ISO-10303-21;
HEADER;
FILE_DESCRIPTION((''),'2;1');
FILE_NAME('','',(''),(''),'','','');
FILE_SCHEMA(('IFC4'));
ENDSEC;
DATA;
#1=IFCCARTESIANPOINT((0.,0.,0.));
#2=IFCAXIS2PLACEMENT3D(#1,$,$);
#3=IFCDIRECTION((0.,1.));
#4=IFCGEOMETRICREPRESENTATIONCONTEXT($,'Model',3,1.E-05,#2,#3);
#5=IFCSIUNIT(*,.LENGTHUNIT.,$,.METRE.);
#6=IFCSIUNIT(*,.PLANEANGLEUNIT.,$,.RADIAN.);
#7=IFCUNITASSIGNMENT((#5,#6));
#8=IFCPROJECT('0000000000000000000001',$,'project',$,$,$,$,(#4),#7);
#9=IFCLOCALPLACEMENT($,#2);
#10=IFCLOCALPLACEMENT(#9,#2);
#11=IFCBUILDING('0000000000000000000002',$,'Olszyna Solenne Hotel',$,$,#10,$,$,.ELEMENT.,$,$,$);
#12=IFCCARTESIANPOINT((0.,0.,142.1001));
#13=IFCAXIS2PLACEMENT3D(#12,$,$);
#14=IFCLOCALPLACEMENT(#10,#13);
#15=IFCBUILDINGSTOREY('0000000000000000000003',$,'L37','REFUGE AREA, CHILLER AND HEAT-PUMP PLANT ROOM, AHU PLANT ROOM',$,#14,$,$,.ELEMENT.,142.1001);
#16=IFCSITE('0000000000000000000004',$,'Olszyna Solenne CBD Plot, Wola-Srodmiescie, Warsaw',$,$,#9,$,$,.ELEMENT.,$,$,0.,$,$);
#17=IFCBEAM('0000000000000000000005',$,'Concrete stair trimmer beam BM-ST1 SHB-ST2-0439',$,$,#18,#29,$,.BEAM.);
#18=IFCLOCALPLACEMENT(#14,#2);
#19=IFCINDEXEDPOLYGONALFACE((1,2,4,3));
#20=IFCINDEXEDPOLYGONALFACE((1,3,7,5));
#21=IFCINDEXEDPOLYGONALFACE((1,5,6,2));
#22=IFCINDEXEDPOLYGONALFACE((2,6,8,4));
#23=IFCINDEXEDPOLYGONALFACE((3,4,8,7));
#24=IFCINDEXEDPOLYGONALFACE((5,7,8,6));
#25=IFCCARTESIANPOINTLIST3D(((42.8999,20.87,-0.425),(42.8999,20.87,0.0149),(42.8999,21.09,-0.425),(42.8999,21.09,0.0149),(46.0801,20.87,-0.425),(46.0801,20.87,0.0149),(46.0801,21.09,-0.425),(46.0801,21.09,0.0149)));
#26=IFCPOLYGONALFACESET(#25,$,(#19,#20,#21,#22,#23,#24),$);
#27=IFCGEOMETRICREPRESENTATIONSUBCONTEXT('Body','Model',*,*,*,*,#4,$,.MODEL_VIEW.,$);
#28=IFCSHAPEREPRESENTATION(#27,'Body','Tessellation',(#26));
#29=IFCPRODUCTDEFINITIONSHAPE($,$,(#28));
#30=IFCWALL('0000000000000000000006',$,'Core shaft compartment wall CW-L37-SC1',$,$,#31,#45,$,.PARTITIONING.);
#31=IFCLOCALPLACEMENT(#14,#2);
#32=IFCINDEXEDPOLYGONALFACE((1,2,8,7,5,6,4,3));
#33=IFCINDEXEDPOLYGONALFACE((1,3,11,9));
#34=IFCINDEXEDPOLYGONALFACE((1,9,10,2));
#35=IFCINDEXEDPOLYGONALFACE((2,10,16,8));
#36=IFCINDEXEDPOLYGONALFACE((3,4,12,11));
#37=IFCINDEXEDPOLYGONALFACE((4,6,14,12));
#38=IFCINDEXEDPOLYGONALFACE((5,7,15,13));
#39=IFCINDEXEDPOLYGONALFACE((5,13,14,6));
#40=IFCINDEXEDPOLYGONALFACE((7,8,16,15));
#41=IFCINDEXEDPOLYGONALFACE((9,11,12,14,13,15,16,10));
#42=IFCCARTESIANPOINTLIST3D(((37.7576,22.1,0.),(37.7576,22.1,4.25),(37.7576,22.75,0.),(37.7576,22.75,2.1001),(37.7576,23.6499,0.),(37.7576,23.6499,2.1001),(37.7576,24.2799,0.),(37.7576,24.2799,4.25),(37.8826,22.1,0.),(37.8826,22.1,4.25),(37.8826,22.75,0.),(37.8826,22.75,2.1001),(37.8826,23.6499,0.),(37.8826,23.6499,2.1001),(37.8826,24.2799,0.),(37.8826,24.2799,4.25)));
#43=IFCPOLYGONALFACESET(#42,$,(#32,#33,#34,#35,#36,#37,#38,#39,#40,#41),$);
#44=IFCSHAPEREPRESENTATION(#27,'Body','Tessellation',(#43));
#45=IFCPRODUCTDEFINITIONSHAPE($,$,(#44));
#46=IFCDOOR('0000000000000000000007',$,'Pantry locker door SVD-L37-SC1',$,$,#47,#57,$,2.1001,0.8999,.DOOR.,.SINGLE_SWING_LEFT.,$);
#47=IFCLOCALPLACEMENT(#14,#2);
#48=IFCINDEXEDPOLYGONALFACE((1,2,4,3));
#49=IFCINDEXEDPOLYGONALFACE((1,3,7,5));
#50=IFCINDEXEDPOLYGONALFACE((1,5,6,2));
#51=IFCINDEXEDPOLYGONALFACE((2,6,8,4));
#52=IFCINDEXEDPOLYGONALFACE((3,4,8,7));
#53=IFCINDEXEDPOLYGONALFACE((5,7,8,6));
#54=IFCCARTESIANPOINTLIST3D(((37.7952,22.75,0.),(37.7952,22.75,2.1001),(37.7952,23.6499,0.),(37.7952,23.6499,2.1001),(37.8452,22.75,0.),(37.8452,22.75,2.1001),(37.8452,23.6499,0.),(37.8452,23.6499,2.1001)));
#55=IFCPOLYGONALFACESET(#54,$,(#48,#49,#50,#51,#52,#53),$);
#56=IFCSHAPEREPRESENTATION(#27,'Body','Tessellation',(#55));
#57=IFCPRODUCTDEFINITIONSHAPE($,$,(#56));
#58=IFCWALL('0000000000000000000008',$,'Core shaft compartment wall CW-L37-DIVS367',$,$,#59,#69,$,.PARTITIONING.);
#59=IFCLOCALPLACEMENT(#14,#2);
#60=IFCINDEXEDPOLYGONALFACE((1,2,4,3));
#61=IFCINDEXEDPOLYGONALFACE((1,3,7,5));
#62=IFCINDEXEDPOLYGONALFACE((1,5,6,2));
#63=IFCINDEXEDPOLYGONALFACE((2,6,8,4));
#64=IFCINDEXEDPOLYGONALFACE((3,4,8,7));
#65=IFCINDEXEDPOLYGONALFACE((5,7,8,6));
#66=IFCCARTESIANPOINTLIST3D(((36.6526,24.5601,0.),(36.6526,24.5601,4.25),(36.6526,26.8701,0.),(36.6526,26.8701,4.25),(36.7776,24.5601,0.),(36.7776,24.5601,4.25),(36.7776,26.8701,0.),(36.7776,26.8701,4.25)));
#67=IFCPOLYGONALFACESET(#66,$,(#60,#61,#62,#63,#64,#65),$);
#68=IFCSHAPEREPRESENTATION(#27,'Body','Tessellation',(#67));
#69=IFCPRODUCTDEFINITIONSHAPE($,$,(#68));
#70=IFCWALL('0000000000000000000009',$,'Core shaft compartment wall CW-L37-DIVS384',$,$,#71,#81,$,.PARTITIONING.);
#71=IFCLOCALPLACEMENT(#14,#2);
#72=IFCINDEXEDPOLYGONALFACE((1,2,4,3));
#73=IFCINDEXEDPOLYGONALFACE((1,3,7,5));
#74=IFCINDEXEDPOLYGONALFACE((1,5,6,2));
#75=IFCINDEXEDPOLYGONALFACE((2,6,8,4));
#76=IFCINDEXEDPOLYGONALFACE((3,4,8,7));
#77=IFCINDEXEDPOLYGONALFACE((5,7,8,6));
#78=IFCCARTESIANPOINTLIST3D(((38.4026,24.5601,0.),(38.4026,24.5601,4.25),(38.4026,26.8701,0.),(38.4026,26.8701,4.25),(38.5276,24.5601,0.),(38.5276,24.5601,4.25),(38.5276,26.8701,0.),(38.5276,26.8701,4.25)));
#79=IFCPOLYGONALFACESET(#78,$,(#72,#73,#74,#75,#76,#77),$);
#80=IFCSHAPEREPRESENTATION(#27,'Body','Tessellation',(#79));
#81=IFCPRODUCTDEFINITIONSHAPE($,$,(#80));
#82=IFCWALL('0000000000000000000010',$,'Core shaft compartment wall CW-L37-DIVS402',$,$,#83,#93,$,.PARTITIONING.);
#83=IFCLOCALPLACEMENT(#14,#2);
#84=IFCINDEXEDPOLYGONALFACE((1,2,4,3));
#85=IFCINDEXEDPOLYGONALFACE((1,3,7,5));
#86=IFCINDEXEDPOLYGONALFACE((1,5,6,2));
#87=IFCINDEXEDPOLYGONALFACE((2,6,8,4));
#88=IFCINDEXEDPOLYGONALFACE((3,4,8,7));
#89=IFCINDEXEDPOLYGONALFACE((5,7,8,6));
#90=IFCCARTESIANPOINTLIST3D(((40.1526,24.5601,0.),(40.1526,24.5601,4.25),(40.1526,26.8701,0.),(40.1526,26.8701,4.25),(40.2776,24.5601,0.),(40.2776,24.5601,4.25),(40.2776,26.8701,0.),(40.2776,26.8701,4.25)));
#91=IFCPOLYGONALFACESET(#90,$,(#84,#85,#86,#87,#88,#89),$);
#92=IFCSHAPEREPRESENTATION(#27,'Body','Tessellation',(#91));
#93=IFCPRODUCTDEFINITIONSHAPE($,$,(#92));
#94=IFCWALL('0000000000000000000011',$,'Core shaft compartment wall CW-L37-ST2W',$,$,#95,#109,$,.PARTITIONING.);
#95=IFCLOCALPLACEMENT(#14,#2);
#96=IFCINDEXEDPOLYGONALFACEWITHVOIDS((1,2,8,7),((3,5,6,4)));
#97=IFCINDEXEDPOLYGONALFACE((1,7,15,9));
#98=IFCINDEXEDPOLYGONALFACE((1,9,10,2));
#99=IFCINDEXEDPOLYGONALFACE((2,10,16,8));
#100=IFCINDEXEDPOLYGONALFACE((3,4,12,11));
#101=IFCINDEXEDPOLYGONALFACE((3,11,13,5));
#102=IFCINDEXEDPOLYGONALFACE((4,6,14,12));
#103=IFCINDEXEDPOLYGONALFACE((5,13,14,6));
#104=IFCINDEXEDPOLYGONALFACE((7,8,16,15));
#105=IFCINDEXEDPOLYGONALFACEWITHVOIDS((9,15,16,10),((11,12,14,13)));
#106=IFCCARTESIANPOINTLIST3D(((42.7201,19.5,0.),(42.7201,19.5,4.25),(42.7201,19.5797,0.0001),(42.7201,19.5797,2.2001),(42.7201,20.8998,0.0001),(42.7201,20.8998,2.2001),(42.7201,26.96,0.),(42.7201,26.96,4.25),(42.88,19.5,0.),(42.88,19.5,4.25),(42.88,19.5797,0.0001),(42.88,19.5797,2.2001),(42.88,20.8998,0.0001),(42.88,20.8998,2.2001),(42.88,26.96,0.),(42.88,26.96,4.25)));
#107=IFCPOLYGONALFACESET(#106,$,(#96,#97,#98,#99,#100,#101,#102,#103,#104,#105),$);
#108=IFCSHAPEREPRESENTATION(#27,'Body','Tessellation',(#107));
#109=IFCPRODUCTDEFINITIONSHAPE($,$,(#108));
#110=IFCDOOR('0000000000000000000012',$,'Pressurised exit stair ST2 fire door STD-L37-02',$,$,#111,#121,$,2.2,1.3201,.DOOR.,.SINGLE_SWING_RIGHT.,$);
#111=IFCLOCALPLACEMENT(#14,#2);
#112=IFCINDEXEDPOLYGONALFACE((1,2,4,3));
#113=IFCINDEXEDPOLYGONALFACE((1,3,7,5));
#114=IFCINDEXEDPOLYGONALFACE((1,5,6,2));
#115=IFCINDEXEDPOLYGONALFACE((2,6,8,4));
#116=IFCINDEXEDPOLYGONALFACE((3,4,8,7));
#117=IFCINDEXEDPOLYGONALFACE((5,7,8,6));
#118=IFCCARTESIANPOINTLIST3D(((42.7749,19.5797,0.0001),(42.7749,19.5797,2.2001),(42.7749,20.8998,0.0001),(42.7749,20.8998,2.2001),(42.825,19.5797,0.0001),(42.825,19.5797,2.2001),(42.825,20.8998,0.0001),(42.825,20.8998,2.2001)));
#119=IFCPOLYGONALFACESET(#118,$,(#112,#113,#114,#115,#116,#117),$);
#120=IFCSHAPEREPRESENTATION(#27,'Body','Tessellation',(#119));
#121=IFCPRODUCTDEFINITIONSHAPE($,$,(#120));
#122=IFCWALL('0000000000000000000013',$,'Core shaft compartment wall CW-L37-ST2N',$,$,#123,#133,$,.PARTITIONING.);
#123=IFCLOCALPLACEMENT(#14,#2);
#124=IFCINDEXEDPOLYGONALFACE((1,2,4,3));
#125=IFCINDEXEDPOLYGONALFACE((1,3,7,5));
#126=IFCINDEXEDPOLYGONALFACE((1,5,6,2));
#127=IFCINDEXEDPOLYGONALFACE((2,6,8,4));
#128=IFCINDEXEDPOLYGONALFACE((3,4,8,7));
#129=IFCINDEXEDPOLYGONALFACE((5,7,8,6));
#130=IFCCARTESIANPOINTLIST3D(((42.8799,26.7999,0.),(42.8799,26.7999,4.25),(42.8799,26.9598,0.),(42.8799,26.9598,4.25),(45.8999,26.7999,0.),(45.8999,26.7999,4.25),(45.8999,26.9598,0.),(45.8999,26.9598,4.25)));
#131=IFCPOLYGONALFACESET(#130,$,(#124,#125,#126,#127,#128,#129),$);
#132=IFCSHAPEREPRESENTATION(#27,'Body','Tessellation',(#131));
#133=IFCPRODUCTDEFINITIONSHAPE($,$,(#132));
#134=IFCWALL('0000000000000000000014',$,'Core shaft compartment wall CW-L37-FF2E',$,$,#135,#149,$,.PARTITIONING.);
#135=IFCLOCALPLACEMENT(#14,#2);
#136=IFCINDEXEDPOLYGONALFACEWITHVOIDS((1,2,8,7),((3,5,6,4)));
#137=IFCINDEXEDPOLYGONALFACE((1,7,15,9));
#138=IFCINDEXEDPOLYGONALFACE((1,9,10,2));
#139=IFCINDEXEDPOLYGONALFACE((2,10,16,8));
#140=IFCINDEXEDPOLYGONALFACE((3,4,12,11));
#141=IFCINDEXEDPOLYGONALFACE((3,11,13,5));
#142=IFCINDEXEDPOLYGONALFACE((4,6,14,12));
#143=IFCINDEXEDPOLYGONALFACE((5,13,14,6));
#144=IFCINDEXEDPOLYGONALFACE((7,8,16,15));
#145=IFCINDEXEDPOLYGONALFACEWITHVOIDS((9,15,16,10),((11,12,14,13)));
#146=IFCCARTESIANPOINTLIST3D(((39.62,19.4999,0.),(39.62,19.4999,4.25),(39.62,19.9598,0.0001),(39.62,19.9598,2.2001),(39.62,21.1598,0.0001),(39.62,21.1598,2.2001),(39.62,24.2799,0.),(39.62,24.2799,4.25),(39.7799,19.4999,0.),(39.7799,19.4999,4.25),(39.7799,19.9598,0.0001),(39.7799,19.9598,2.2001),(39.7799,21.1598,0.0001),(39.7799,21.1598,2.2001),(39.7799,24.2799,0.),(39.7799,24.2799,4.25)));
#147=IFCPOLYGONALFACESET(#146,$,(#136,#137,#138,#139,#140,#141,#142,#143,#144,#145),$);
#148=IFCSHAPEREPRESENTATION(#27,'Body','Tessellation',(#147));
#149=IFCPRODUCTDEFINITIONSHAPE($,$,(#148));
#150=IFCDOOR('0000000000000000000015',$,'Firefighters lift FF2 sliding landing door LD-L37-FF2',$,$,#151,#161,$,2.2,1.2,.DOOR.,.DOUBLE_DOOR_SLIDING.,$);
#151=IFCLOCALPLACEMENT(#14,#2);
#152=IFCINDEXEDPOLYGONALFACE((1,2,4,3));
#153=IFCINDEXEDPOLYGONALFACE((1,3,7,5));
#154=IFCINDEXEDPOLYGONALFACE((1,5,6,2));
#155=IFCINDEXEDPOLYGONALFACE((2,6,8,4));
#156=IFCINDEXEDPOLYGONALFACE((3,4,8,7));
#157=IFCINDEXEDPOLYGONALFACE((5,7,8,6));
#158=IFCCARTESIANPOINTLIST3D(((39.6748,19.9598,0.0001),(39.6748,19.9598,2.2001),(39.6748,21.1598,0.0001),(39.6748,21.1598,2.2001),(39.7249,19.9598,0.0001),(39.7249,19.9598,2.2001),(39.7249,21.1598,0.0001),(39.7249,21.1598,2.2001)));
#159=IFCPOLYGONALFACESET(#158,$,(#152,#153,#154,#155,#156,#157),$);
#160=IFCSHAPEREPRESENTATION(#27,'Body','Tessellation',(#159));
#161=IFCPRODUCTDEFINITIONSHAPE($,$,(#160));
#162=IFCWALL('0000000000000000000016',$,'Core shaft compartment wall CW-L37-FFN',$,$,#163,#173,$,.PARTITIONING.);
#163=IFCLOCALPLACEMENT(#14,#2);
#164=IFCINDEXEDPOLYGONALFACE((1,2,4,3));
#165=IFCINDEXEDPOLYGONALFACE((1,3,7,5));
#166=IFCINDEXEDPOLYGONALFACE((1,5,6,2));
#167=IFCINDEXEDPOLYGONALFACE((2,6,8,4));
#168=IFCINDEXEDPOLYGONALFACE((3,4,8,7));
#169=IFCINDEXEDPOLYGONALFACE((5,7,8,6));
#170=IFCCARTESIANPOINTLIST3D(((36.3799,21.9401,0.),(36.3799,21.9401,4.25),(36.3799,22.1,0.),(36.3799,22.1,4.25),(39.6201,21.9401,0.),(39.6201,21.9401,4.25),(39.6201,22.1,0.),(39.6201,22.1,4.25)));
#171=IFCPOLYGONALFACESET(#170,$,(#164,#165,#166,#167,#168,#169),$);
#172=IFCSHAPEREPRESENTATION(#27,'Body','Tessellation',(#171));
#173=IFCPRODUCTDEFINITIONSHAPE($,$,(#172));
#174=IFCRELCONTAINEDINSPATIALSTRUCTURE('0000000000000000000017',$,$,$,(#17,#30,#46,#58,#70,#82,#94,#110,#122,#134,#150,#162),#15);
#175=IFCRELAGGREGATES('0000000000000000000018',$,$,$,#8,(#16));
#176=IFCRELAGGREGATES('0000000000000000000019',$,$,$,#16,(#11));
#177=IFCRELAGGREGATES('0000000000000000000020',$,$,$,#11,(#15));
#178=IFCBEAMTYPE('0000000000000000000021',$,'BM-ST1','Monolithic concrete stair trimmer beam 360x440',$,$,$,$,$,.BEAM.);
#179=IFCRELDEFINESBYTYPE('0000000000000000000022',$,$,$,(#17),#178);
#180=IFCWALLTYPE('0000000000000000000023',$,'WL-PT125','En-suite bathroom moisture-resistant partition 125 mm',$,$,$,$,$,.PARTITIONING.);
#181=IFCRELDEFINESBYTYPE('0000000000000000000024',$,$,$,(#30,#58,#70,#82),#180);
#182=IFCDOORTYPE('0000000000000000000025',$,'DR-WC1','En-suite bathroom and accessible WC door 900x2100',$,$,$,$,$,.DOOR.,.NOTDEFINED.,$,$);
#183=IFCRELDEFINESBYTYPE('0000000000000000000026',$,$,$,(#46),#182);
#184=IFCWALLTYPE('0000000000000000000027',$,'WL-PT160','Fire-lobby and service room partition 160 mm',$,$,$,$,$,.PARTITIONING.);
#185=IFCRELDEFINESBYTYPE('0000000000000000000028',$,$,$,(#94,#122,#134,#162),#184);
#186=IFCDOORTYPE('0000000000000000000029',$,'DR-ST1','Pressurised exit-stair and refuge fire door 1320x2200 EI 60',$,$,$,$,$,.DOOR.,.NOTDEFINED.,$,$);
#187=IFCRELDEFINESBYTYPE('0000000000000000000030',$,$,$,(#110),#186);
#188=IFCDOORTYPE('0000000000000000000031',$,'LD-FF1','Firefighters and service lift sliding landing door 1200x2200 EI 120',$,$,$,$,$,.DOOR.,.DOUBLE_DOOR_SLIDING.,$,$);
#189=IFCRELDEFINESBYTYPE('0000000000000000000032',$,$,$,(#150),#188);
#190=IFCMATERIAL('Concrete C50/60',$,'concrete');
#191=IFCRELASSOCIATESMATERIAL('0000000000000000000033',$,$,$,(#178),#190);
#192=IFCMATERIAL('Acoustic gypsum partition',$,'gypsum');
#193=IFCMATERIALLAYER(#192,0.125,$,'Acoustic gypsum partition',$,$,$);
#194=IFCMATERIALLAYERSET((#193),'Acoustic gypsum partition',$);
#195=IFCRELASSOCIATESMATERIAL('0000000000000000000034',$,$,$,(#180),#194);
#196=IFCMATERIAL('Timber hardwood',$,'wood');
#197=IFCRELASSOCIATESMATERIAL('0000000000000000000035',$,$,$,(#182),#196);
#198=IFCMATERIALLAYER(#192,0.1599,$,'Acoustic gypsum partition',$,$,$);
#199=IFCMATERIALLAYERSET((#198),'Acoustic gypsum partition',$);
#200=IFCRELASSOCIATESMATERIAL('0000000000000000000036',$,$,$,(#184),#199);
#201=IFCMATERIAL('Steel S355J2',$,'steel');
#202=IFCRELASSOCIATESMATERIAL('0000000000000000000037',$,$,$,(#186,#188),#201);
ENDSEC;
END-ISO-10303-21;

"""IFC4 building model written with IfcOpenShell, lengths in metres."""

from ifc_helpers import new_model, si_unit, direction, frame, frame_2d, origin, origin_2d, place, context, subcontext, project, spatial, rectangle, extrude, source, transform, mapped, material, layer, layer_set, material_profile, profile_set, type_object, type_shapes, element, fill, save


model = new_model("IFC4")

# Units and contexts
model_context = context("Model", 3, precision=1e-05, world=origin(), true_north=direction((0.0, 1.0)))
body_context = subcontext(model_context, "Body", "Model", "MODEL_VIEW")
ifc_project = project(units=[si_unit("LENGTHUNIT", "METRE"), si_unit("PLANEANGLEUNIT", "RADIAN")], contexts=[model_context])

# Site, building, storey
site_placement = place(None, origin())
site = spatial("IfcSite", under=ifc_project, at=site_placement, Name="Olszyna Solenne CBD Plot, Wola-Srodmiescie, Warsaw", CompositionType="ELEMENT", RefElevation=0.0)
building_placement = place(site_placement, origin())
building = spatial("IfcBuilding", under=site, at=building_placement, Name="Olszyna Solenne Hotel", CompositionType="ELEMENT")
storey_placement = place(building_placement, frame((0.0, 0.0, 142.1001)))
storey = spatial("IfcBuildingStorey", under=building, at=storey_placement, Name="L37", Description="REFUGE AREA, CHILLER AND HEAT-PUMP PLANT ROOM, AHU PLANT ROOM", CompositionType="ELEMENT", Elevation=142.1001)

# Beam
ifc_material_1 = material(Name="Concrete C50/60", Category="concrete")
ifc_material_profile = material_profile(ifc_material_1, rectangle(XDim=0.22, YDim=0.4399, at=origin_2d()), Name="RC 220x440", Category="load-bearing")
ifc_profile_set = profile_set([ifc_material_profile], Name="Concrete C50/60")
beam_type = type_object("IfcBeamType", Name="BM-ST1", Description="Monolithic concrete stair trimmer beam 360x440", PredefinedType="BEAM", material=ifc_profile_set)
shared_shape_1 = source(origin(), body_context, "Body", "SweptSolid", [
    extrude(rectangle(XDim=0.22, YDim=0.4399, at=origin_2d()), origin(), (0.0, 0.0, 1.0), 3.1802),
])
beam_placement = place(storey_placement, frame((46.0801, 20.98, -0.2051), z_axis=(-1.0, 0.0, 0.0), x_axis=(0.0, -1.0, 0.0)))
element("IfcBeam", 1, at=beam_placement, inside=storey, type_object=beam_type, Name="Concrete stair trimmer beam BM-ST1 SHB-ST2-0439", PredefinedType="BEAM", context=body_context, shape_type="MappedRepresentation", body=[
    mapped(shared_shape_1, transform((0.0, 0.0, 0.0), x_axis=(1.0, 0.0, 0.0), y_axis=(0.0, 1.0, 0.0), z_axis=(0.0, 0.0, 1.0), scale=1.0)),
])

# Wall, opening, door
ifc_material_2 = material(Name="Acoustic gypsum partition", Category="gypsum")
ifc_layer_1 = layer(ifc_material_2, 0.125, Name="Acoustic gypsum partition")
ifc_layer_set_1 = layer_set([ifc_layer_1], Name="Acoustic gypsum partition")
wall_type_1 = type_object("IfcWallType", Name="WL-PT125", Description="En-suite bathroom moisture-resistant partition 125 mm", PredefinedType="PARTITIONING", material=ifc_layer_set_1)
wall_1_placement = place(storey_placement, frame((37.8201, 22.1001, 0.0), z_axis=(0.0, 0.0, 1.0), x_axis=(0.0, 1.0, 0.0)))
wall_1 = element("IfcWall", 2, at=wall_1_placement, inside=storey, type_object=wall_type_1, Name="Core shaft compartment wall CW-L37-SC1", PredefinedType="PARTITIONING", context=body_context, shape_type="SweptSolid", body=[
    extrude(rectangle(XDim=2.1799, YDim=0.125, at=frame_2d((1.0898, 0.0))), origin(), (0.0, 0.0, 1.0), 4.25),
])
opening_1_placement = place(wall_1_placement, frame((0.6499, 0.0, 0.0)))
opening_1 = element("IfcOpeningElement", 3, at=opening_1_placement, cuts=wall_1, PredefinedType="OPENING", context=body_context, shape_type="SweptSolid", body=[
    extrude(rectangle(XDim=0.8999, YDim=2.1001, at=frame_2d((0.45, 1.05))), frame((0.0, 0.0725, 0.0), z_axis=(0.0, -1.0, 0.0), x_axis=(1.0, 0.0, 0.0)), (0.0, 0.0, 1.0), 0.145),
])
ifc_material_3 = material(Name="Timber hardwood", Category="wood")
door_type_1 = type_object("IfcDoorType", Name="DR-WC1", Description="En-suite bathroom and accessible WC door 900x2100", OperationType="NOTDEFINED", PredefinedType="DOOR", material=ifc_material_3)
shared_shape_2 = source(origin(), body_context, "Body", "SweptSolid", [
    extrude(rectangle(XDim=0.8999, YDim=2.1001, at=frame_2d((0.45, 1.05))), frame((0.0, 0.0249, 0.0), z_axis=(0.0, -1.0, 0.0), x_axis=(1.0, 0.0, 0.0)), (0.0, 0.0, 1.0), 0.05),
])
type_shapes(door_type_1, [shared_shape_2])
door_1_placement = place(opening_1_placement, origin())
door_1 = element("IfcDoor", 4, at=door_1_placement, inside=storey, type_object=door_type_1, Name="Pantry locker door SVD-L37-SC1", OperationType="SINGLE_SWING_LEFT", OverallHeight=2.1001, OverallWidth=0.8999, PredefinedType="DOOR", context=body_context, shape_type="MappedRepresentation", body=[
    mapped(shared_shape_2, transform((0.0, 0.0, 0.0), x_axis=(1.0, 0.0, 0.0), y_axis=(0.0, 1.0, 0.0), z_axis=(0.0, 0.0, 1.0), scale=1.0)),
])
fill(opening_1, door_1)

# Walls
for number, where, z_axis, x_axis, name in (
    (5, (36.7151, 24.5601, 0.0), (0.0, 0.0, 1.0), (0.0, 1.0, 0.0), "Core shaft compartment wall CW-L37-DIVS367"),
    (6, (38.4651, 24.5601, 0.0), (0.0, 0.0, 1.0), (0.0, 1.0, 0.0), "Core shaft compartment wall CW-L37-DIVS384"),
    (7, (40.2151, 24.5601, 0.0), (0.0, 0.0, 1.0), (0.0, 1.0, 0.0), "Core shaft compartment wall CW-L37-DIVS402"),
):
    element("IfcWall", number, at=place(storey_placement, frame(where, z_axis=z_axis, x_axis=x_axis)), inside=storey, type_object=wall_type_1, Name=name, PredefinedType="PARTITIONING", context=body_context, shape_type="SweptSolid", body=[
        extrude(rectangle(XDim=2.3101, YDim=0.125, at=frame_2d((1.155, 0.0))), origin(), (0.0, 0.0, 1.0), 4.25),
    ])

# Wall, opening, door
ifc_layer_2 = layer(ifc_material_2, 0.1599, Name="Acoustic gypsum partition")
ifc_layer_set_2 = layer_set([ifc_layer_2], Name="Acoustic gypsum partition")
wall_type_2 = type_object("IfcWallType", Name="WL-PT160", Description="Fire-lobby and service room partition 160 mm", PredefinedType="PARTITIONING", material=ifc_layer_set_2)
wall_2_placement = place(storey_placement, frame((42.8, 26.96, 0.0), z_axis=(0.0, 0.0, 1.0), x_axis=(0.0, -1.0, 0.0)))
wall_2 = element("IfcWall", 8, at=wall_2_placement, inside=storey, type_object=wall_type_2, Name="Core shaft compartment wall CW-L37-ST2W", PredefinedType="PARTITIONING", context=body_context, shape_type="SweptSolid", body=[
    extrude(rectangle(XDim=7.46, YDim=0.1599, at=frame_2d((3.73, 0.0))), origin(), (0.0, 0.0, 1.0), 4.25),
])
opening_2_placement = place(wall_2_placement, frame((6.0601, 0.0, 0.0)))
opening_2 = element("IfcOpeningElement", 9, at=opening_2_placement, cuts=wall_2, PredefinedType="OPENING", context=body_context, shape_type="SweptSolid", body=[
    extrude(rectangle(XDim=1.3201, YDim=2.2, at=frame_2d((0.6602, 1.1001))), frame((0.0, 0.0898, 0.0), z_axis=(0.0, -1.0, 0.0), x_axis=(1.0, 0.0, 0.0)), (0.0, 0.0, 1.0), 0.1799),
])
ifc_material_4 = material(Name="Steel S355J2", Category="steel")
door_type_2 = type_object("IfcDoorType", Name="DR-ST1", Description="Pressurised exit-stair and refuge fire door 1320x2200 EI 60", OperationType="NOTDEFINED", PredefinedType="DOOR", material=ifc_material_4)
shared_shape_3 = source(origin(), body_context, "Body", "SweptSolid", [
    extrude(rectangle(XDim=1.3201, YDim=2.2, at=frame_2d((0.6602, 1.1001))), frame((0.0, 0.0249, 0.0), z_axis=(0.0, -1.0, 0.0), x_axis=(1.0, 0.0, 0.0)), (0.0, 0.0, 1.0), 0.05),
])
type_shapes(door_type_2, [shared_shape_3])
door_2_placement = place(opening_2_placement, origin())
door_2 = element("IfcDoor", 10, at=door_2_placement, inside=storey, type_object=door_type_2, Name="Pressurised exit stair ST2 fire door STD-L37-02", OperationType="SINGLE_SWING_RIGHT", OverallHeight=2.2, OverallWidth=1.3201, PredefinedType="DOOR", context=body_context, shape_type="MappedRepresentation", body=[
    mapped(shared_shape_3, transform((0.0, 0.0, 0.0), x_axis=(1.0, 0.0, 0.0), y_axis=(0.0, 1.0, 0.0), z_axis=(0.0, 0.0, 1.0), scale=1.0)),
])
fill(opening_2, door_2)

# Wall
wall_3_placement = place(storey_placement, frame((42.8799, 26.8799, 0.0), z_axis=(0.0, 0.0, 1.0), x_axis=(1.0, 0.0, 0.0)))
element("IfcWall", 11, at=wall_3_placement, inside=storey, type_object=wall_type_2, Name="Core shaft compartment wall CW-L37-ST2N", PredefinedType="PARTITIONING", context=body_context, shape_type="SweptSolid", body=[
    extrude(rectangle(XDim=3.02, YDim=0.1599, at=frame_2d((1.51, 0.0))), origin(), (0.0, 0.0, 1.0), 4.25),
])

# Wall, opening, door
wall_4_placement = place(storey_placement, frame((39.7, 24.28, 0.0), z_axis=(0.0, 0.0, 1.0), x_axis=(0.0, -1.0, 0.0)))
wall_4 = element("IfcWall", 12, at=wall_4_placement, inside=storey, type_object=wall_type_2, Name="Core shaft compartment wall CW-L37-FF2E", PredefinedType="PARTITIONING", context=body_context, shape_type="SweptSolid", body=[
    extrude(rectangle(XDim=4.78, YDim=0.1599, at=frame_2d((2.3901, 0.0))), origin(), (0.0, 0.0, 1.0), 4.25),
])
opening_3_placement = place(wall_4_placement, frame((3.1201, 0.0, 0.0)))
opening_3 = element("IfcOpeningElement", 13, at=opening_3_placement, cuts=wall_4, PredefinedType="OPENING", context=body_context, shape_type="SweptSolid", body=[
    extrude(rectangle(XDim=1.2, YDim=2.2, at=frame_2d((0.6001, 1.1001))), frame((0.0, 0.0898, 0.0), z_axis=(0.0, -1.0, 0.0), x_axis=(1.0, 0.0, 0.0)), (0.0, 0.0, 1.0), 0.1799),
])
door_type_3 = type_object("IfcDoorType", Name="LD-FF1", Description="Firefighters and service lift sliding landing door 1200x2200 EI 120", OperationType="DOUBLE_DOOR_SLIDING", PredefinedType="DOOR", material=ifc_material_4)
shared_shape_4 = source(origin(), body_context, "Body", "SweptSolid", [
    extrude(rectangle(XDim=1.2, YDim=2.2, at=frame_2d((0.6001, 1.1001))), frame((0.0, 0.0249, 0.0), z_axis=(0.0, -1.0, 0.0), x_axis=(1.0, 0.0, 0.0)), (0.0, 0.0, 1.0), 0.05),
])
type_shapes(door_type_3, [shared_shape_4])
door_3_placement = place(opening_3_placement, origin())
door_3 = element("IfcDoor", 14, at=door_3_placement, inside=storey, type_object=door_type_3, Name="Firefighters lift FF2 sliding landing door LD-L37-FF2", OperationType="DOUBLE_DOOR_SLIDING", OverallHeight=2.2, OverallWidth=1.2, PredefinedType="DOOR", context=body_context, shape_type="MappedRepresentation", body=[
    mapped(shared_shape_4, transform((0.0, 0.0, 0.0), x_axis=(1.0, 0.0, 0.0), y_axis=(0.0, 1.0, 0.0), z_axis=(0.0, 0.0, 1.0), scale=1.0)),
])
fill(opening_3, door_3)

# Wall
wall_5_placement = place(storey_placement, frame((36.3799, 22.02, 0.0), z_axis=(0.0, 0.0, 1.0), x_axis=(1.0, 0.0, 0.0)))
element("IfcWall", 15, at=wall_5_placement, inside=storey, type_object=wall_type_2, Name="Core shaft compartment wall CW-L37-FFN", PredefinedType="PARTITIONING", context=body_context, shape_type="SweptSolid", body=[
    extrude(rectangle(XDim=3.2402, YDim=0.1599, at=frame_2d((1.6201, 0.0))), origin(), (0.0, 0.0, 1.0), 4.25),
])

save(model, "model.ifc")
